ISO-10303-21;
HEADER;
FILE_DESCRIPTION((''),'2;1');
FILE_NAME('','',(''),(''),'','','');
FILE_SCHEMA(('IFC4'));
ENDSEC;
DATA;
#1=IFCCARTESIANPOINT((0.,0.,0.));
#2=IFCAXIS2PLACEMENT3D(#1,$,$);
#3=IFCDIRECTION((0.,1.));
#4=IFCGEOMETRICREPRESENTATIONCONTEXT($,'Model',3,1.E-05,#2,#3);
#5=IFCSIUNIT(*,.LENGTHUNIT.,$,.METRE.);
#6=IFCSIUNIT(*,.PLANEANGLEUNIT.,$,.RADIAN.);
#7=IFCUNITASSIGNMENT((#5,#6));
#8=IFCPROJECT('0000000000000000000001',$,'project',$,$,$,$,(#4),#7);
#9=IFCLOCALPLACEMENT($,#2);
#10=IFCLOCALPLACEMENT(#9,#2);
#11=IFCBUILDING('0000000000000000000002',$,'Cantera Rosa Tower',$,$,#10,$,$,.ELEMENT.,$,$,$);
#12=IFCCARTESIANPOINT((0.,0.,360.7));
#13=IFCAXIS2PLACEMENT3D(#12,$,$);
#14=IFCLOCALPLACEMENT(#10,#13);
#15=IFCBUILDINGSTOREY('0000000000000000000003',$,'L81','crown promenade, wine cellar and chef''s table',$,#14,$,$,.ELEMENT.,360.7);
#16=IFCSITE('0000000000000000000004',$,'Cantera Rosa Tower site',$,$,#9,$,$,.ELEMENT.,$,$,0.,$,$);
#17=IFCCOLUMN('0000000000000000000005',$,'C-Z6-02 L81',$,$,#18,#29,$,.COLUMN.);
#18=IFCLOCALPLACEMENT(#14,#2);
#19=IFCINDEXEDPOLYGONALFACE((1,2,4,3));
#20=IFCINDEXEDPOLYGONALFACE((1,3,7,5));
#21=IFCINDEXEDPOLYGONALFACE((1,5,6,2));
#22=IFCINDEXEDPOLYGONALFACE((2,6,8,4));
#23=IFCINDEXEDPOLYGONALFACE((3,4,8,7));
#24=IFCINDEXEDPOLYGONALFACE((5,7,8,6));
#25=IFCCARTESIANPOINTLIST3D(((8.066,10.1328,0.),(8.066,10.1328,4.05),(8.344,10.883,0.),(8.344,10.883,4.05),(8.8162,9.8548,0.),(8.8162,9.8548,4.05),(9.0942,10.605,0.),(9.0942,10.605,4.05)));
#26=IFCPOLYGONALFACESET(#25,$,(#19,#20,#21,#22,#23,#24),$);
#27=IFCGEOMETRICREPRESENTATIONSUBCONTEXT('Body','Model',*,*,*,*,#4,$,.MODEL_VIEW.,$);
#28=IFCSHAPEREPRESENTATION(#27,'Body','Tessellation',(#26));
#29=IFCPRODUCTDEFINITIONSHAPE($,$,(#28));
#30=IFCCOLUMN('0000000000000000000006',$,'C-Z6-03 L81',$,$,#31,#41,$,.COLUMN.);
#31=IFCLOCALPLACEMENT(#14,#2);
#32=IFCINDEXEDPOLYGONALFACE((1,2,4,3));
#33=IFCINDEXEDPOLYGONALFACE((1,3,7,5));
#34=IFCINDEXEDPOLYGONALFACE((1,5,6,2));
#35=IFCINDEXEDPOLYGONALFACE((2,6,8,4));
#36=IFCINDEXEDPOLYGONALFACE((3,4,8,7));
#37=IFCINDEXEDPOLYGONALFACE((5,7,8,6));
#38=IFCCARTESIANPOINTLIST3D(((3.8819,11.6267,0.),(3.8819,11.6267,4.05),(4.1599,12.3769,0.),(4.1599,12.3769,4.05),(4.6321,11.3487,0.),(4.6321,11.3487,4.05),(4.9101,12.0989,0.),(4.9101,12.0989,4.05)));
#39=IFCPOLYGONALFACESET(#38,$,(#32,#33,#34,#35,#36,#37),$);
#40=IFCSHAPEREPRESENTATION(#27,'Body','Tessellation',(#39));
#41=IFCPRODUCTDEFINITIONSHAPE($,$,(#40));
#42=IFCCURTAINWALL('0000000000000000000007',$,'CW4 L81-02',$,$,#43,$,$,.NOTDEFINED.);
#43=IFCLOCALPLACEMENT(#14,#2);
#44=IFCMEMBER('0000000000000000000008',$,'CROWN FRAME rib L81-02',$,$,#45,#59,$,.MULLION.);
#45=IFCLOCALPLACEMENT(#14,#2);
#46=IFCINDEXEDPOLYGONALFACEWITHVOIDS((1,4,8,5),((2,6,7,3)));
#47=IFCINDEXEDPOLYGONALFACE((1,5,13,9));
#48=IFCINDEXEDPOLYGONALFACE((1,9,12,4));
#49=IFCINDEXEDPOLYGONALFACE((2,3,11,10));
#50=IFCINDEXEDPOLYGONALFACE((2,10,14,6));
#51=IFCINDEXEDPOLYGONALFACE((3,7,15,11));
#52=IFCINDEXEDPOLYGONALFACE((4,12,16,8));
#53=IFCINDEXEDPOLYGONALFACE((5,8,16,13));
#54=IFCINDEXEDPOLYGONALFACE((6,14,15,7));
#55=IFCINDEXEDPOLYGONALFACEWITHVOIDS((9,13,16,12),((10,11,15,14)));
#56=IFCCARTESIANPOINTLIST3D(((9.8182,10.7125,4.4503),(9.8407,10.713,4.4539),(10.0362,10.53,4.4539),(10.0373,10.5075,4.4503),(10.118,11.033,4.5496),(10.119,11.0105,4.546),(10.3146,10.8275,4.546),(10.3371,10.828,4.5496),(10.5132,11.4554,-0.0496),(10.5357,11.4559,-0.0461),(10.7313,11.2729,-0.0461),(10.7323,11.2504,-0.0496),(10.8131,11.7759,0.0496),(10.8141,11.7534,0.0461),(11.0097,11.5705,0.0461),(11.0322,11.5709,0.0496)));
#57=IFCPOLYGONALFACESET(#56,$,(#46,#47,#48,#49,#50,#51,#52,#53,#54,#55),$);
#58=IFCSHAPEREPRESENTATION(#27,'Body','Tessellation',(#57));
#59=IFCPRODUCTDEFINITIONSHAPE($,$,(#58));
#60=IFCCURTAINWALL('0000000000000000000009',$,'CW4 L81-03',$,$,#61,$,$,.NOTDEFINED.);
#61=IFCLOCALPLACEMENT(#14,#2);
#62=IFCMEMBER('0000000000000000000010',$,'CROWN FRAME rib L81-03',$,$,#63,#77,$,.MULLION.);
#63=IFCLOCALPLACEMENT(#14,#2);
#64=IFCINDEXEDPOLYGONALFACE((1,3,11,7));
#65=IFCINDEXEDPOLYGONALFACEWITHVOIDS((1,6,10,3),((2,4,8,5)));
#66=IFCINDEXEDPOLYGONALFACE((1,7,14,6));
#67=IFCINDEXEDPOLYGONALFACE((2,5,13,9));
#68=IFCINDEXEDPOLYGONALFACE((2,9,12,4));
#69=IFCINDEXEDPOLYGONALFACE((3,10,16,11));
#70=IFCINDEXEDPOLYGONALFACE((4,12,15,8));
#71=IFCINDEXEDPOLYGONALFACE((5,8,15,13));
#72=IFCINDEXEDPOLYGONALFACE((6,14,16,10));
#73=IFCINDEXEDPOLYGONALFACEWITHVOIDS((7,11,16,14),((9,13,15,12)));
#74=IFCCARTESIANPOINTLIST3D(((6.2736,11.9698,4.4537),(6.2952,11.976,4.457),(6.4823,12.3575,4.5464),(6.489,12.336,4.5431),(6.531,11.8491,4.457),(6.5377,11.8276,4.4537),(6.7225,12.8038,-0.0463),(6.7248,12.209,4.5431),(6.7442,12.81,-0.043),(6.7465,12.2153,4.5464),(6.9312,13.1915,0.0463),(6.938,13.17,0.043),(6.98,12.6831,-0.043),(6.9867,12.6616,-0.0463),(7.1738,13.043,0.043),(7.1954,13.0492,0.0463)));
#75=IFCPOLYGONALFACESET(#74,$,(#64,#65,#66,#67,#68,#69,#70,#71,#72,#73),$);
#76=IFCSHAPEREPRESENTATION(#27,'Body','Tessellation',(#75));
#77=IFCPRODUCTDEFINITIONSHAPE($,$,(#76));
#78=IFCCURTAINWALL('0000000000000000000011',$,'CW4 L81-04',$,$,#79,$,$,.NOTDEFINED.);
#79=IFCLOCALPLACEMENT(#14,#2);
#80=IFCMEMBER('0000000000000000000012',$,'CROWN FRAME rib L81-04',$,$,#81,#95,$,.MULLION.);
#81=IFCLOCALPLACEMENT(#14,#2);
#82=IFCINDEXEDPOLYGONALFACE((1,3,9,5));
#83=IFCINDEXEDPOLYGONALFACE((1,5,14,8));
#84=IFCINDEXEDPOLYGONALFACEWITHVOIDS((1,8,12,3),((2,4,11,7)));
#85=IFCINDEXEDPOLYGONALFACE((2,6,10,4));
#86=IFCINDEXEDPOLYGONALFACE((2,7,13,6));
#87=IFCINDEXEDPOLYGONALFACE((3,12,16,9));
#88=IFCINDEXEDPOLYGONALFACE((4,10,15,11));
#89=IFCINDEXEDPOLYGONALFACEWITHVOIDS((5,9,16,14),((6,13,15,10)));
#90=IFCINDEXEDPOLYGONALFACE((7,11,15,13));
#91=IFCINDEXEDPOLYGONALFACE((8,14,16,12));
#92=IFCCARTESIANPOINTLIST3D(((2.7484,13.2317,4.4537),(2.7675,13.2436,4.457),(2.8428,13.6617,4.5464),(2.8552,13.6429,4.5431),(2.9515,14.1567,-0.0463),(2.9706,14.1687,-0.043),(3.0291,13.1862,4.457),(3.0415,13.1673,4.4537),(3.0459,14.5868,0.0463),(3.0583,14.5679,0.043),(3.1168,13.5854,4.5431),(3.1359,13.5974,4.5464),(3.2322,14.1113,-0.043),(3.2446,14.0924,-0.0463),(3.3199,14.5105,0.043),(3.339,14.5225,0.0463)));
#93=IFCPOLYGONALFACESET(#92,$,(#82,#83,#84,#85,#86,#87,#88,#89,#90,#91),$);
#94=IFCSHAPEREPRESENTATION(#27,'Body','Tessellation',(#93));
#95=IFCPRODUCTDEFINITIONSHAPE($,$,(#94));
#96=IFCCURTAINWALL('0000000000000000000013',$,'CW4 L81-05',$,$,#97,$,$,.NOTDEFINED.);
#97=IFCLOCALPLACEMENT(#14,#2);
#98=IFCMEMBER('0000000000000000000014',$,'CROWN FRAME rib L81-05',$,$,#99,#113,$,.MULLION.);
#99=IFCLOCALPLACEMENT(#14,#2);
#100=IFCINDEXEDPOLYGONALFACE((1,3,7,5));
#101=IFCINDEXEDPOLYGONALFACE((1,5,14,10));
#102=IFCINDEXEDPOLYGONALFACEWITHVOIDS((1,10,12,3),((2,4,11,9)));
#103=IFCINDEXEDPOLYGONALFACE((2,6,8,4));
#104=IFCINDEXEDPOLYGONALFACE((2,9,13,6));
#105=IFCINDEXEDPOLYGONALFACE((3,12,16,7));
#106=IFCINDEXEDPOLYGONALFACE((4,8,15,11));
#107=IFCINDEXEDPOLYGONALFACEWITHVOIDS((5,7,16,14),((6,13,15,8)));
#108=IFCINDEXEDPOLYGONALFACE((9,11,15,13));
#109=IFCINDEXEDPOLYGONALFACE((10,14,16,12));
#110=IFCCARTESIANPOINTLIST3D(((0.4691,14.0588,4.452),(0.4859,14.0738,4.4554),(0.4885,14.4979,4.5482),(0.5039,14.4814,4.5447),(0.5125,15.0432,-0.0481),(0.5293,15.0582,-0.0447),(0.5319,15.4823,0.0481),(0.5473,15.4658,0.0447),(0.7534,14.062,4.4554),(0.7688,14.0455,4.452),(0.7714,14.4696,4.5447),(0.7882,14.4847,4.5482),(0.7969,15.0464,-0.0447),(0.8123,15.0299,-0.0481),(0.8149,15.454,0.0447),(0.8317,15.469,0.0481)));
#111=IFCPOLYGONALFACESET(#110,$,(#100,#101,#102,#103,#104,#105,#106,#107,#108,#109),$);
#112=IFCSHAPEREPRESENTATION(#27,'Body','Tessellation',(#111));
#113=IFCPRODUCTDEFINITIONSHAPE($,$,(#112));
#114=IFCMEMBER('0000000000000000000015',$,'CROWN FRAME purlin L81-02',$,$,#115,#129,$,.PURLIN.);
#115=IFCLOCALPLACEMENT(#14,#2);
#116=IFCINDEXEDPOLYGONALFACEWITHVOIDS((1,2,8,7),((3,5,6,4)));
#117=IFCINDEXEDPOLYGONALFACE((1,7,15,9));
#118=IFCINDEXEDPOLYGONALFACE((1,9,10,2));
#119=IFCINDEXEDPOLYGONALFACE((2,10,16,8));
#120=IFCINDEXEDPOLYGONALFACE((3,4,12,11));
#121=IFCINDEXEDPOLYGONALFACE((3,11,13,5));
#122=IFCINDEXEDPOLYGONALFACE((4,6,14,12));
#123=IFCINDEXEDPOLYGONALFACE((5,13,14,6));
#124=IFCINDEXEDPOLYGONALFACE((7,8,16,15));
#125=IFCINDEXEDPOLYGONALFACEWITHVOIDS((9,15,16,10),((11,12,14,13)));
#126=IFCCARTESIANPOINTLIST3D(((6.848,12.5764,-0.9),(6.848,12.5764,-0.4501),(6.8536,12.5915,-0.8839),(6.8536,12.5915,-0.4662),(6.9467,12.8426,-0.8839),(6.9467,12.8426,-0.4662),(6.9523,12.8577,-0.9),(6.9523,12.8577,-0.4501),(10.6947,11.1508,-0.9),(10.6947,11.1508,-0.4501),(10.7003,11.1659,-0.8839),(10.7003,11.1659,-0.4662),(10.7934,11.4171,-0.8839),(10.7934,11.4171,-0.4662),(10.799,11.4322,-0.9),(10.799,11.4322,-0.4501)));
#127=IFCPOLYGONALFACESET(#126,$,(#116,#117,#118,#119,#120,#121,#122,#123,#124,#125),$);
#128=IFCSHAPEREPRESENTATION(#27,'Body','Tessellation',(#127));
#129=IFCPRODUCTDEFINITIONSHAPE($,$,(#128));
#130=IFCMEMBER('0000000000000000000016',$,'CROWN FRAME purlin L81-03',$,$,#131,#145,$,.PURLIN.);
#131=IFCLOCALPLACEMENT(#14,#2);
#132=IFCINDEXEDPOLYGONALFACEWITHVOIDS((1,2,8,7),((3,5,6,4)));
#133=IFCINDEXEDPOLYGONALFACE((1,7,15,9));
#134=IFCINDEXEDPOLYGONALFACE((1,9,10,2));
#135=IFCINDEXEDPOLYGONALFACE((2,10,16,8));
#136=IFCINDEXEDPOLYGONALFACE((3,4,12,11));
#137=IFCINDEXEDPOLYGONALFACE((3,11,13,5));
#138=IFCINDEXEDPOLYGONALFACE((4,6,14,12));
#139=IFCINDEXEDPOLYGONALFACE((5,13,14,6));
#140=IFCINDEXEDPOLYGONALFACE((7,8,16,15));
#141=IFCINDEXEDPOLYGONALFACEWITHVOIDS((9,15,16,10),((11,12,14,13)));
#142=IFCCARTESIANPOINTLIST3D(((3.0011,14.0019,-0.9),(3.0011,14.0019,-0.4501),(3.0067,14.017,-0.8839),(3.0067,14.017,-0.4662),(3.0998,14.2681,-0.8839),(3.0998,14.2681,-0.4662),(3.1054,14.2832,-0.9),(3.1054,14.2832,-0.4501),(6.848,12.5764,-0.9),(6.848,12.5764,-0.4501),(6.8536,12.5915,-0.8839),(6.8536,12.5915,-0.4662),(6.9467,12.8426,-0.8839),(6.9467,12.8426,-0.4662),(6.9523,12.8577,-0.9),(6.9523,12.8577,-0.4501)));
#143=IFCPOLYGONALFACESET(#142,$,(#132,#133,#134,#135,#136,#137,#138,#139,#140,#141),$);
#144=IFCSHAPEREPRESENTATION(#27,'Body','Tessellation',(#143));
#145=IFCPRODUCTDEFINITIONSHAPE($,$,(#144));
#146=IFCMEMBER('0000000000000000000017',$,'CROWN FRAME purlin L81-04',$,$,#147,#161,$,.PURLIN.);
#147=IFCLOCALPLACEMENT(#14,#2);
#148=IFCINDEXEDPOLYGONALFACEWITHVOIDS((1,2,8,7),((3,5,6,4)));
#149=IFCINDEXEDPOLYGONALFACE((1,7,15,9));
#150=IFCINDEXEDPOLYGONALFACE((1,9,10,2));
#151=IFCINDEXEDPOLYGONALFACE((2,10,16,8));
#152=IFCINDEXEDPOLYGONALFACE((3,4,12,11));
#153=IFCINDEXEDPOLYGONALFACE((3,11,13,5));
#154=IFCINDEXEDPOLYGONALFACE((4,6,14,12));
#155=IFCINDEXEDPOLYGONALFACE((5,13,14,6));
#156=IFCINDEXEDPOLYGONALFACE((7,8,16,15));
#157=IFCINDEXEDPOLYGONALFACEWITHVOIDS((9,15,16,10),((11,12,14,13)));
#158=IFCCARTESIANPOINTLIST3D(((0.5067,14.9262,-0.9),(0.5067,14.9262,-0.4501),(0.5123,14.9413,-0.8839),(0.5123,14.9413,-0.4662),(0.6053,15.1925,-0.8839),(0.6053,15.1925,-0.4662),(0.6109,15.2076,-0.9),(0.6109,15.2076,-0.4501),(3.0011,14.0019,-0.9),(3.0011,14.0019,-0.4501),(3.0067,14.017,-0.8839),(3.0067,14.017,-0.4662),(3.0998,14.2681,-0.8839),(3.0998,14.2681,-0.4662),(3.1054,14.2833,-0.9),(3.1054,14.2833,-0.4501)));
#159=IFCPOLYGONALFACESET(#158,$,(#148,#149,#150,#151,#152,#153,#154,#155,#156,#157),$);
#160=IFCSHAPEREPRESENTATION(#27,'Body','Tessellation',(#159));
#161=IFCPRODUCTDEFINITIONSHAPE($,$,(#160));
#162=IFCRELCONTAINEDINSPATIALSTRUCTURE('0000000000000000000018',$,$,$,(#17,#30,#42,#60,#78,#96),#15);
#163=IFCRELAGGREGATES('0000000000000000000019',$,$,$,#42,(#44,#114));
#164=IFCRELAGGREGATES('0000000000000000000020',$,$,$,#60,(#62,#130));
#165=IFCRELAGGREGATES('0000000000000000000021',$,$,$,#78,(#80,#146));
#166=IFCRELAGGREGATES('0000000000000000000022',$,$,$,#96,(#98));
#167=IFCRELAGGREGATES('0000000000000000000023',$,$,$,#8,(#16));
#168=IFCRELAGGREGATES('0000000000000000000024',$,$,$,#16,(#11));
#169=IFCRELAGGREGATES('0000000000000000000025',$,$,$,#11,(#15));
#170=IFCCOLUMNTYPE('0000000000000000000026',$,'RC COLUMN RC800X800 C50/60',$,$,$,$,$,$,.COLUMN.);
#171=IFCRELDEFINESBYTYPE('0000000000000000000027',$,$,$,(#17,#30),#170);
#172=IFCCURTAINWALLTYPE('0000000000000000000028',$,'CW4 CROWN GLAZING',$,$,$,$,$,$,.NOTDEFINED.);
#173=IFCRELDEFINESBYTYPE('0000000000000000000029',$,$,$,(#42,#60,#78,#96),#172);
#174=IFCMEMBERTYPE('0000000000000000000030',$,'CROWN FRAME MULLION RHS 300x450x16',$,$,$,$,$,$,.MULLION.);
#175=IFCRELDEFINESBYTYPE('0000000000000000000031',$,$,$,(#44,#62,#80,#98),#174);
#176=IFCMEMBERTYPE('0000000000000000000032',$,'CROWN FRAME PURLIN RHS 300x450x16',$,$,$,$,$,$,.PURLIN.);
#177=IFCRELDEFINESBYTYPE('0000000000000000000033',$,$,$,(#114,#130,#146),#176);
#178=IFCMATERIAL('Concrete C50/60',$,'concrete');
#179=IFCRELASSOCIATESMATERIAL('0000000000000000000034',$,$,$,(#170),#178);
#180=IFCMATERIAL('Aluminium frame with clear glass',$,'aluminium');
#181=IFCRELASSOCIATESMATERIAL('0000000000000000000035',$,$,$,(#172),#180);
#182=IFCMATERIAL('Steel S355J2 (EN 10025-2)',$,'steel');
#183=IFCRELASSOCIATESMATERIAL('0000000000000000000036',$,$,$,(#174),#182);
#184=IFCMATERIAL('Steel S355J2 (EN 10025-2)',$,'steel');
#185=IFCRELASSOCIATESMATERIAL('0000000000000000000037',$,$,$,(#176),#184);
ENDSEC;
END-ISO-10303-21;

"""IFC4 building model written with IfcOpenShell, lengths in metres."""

from ifc_helpers import new_model, si_unit, direction, frame, origin, origin_2d, place, context, subcontext, project, spatial, rectangle, hollow_rectangle, extrude, material, material_profile, profile_set, type_object, element, aggregate, save


model = new_model("IFC4")

# Units and contexts
model_context = context("Model", 3, precision=1e-05, world=origin(), true_north=direction((0.0, 1.0)))
body_context = subcontext(model_context, "Body", "Model", "MODEL_VIEW")
ifc_project = project(units=[si_unit("LENGTHUNIT", "METRE"), si_unit("PLANEANGLEUNIT", "RADIAN")], contexts=[model_context])

# Site, building, storey
site_placement = place(None, origin())
site = spatial("IfcSite", under=ifc_project, at=site_placement, Name="Cantera Rosa Tower site", CompositionType="ELEMENT", RefElevation=0.0)
building_placement = place(site_placement, origin())
building = spatial("IfcBuilding", under=site, at=building_placement, Name="Cantera Rosa Tower", CompositionType="ELEMENT")
storey_placement = place(building_placement, frame((0.0, 0.0, 360.7)))
storey = spatial("IfcBuildingStorey", under=building, at=storey_placement, Name="L81", Description="crown promenade, wine cellar and chef's table", CompositionType="ELEMENT", Elevation=360.7)

# Columns
ifc_material_1 = material(Name="Concrete C50/60", Category="concrete")
ifc_material_profile_1 = material_profile(ifc_material_1, rectangle(XDim=0.8, YDim=0.8, at=origin_2d()), Name="RC COLUMN RC800X800 C50/60")
ifc_profile_set_1 = profile_set([ifc_material_profile_1], Name="Concrete C50/60")
column_type = type_object("IfcColumnType", Name="RC COLUMN RC800X800 C50/60", PredefinedType="COLUMN", material=ifc_profile_set_1)
for number, where, z_axis, x_axis, name in (
    (1, (8.5801, 10.3689, 0.0), (0.0, 0.0, 1.0), (0.347481, 0.937687, 0.0), "C-Z6-02 L81"),
    (2, (4.396, 11.8628, 0.0), (0.0, 0.0, 1.0), (0.347481, 0.937687, 0.0), "C-Z6-03 L81"),
):
    element("IfcColumn", number, at=place(storey_placement, frame(where, z_axis=z_axis, x_axis=x_axis)), inside=storey, type_object=column_type, Name=name, PredefinedType="COLUMN", context=body_context, shape_type="SweptSolid", body=[
        extrude(rectangle(XDim=0.8, YDim=0.8, at=origin_2d()), origin(), (0.0, 0.0, 1.0), 4.05),
    ])

# Curtain walls, members
ifc_material_2 = material(Name="Aluminium frame with clear glass", Category="aluminium")
curtain_wall_type = type_object("IfcCurtainWallType", Name="CW4 CROWN GLAZING", PredefinedType="NOTDEFINED", material=ifc_material_2)
curtain_wall_1_placement = place(storey_placement, origin())
curtain_wall_1 = element("IfcCurtainWall", 3, at=curtain_wall_1_placement, inside=storey, type_object=curtain_wall_type, Name="CW4 L81-02", PredefinedType="NOTDEFINED")
ifc_material_3 = material(Name="Steel S355J2 (EN 10025-2)", Category="steel")
ifc_material_profile_2 = material_profile(ifc_material_3, hollow_rectangle(XDim=0.3, YDim=0.45, WallThickness=0.0161, at=origin_2d()), Name="CROWN FRAME MULLION RHS 300x450x16")
ifc_profile_set_2 = profile_set([ifc_material_profile_2], Name="Steel S355J2 (EN 10025-2)")
member_type_1 = type_object("IfcMemberType", Name="CROWN FRAME MULLION RHS 300x450x16", PredefinedType="MULLION", material=ifc_profile_set_2)
member_1_placement = place(storey_placement, frame((10.7727, 11.5132, 0.0), z_axis=(-0.150657, -0.161029, 0.975383), x_axis=(0.730233, -0.683198, 0.0)))
member_1 = element("IfcMember", 4, at=member_1_placement, type_object=member_type_1, Name="CROWN FRAME rib L81-02", PredefinedType="MULLION", context=body_context, shape_type="SweptSolid", body=[
    extrude(hollow_rectangle(XDim=0.3, YDim=0.45, WallThickness=0.0161, at=origin_2d()), origin(), (0.0, 0.0, 1.0), 4.6135),
])
curtain_wall_2_placement = place(storey_placement, origin())
curtain_wall_2 = element("IfcCurtainWall", 5, at=curtain_wall_2_placement, inside=storey, type_object=curtain_wall_type, Name="CW4 L81-03", PredefinedType="NOTDEFINED")
member_2_placement = place(storey_placement, frame((6.959, 12.9265, 0.0), z_axis=(-0.097633, -0.181356, 0.978559), x_axis=(0.880512, -0.474023, 0.0)))
member_2 = element("IfcMember", 6, at=member_2_placement, type_object=member_type_1, Name="CROWN FRAME rib L81-03", PredefinedType="MULLION", context=body_context, shape_type="SweptSolid", body=[
    extrude(hollow_rectangle(XDim=0.3, YDim=0.45, WallThickness=0.0161, at=origin_2d()), origin(), (0.0, 0.0, 1.0), 4.5986),
])
curtain_wall_3_placement = place(storey_placement, origin())
curtain_wall_3 = element("IfcCurtainWall", 7, at=curtain_wall_3_placement, inside=storey, type_object=curtain_wall_type, Name="CW4 L81-04", PredefinedType="NOTDEFINED")
member_3_placement = place(storey_placement, frame((3.1453, 14.3396, 0.0), z_axis=(-0.044171, -0.201159, 0.978562), x_axis=(0.97673, -0.214473, 0.0)))
member_3 = element("IfcMember", 8, at=member_3_placement, type_object=member_type_1, Name="CROWN FRAME rib L81-04", PredefinedType="MULLION", context=body_context, shape_type="SweptSolid", body=[
    extrude(hollow_rectangle(XDim=0.3, YDim=0.45, WallThickness=0.0161, at=origin_2d()), origin(), (0.0, 0.0, 1.0), 4.5986),
])
curtain_wall_4_placement = place(storey_placement, origin())
curtain_wall_4 = element("IfcCurtainWall", 9, at=curtain_wall_4_placement, inside=storey, type_object=curtain_wall_type, Name="CW4 L81-05", PredefinedType="NOTDEFINED")
member_4_placement = place(storey_placement, frame((0.6721, 15.2561, 0.0), z_axis=(-0.009434, -0.213687, 0.976857), x_axis=(0.999027, -0.044104, 0.0)))
member_4 = element("IfcMember", 10, at=member_4_placement, type_object=member_type_1, Name="CROWN FRAME rib L81-05", PredefinedType="MULLION", context=body_context, shape_type="SweptSolid", body=[
    extrude(hollow_rectangle(XDim=0.3, YDim=0.45, WallThickness=0.0161, at=origin_2d()), origin(), (0.0, 0.0, 1.0), 4.6067),
])

# Members
ifc_material_4 = material(Name="Steel S355J2 (EN 10025-2)", Category="steel")
ifc_material_profile_3 = material_profile(ifc_material_4, hollow_rectangle(XDim=0.3, YDim=0.45, WallThickness=0.0161, at=origin_2d()), Name="CROWN FRAME PURLIN RHS 300x450x16")
ifc_profile_set_3 = profile_set([ifc_material_profile_3], Name="Steel S355J2 (EN 10025-2)")
member_type_2 = type_object("IfcMemberType", Name="CROWN FRAME PURLIN RHS 300x450x16", PredefinedType="PURLIN", material=ifc_profile_set_3)
member_5_placement = place(storey_placement, frame((10.7468, 11.2915, -0.675), z_axis=(-0.937682, 0.347495, 0.0), x_axis=(-0.347495, -0.937682, 0.0)))
member_5 = element("IfcMember", 11, at=member_5_placement, type_object=member_type_2, Name="CROWN FRAME purlin L81-02", PredefinedType="PURLIN", context=body_context, shape_type="SweptSolid", body=[
    extrude(hollow_rectangle(XDim=0.3, YDim=0.45, WallThickness=0.0161, at=origin_2d()), origin(), (0.0, 0.0, 1.0), 4.1023),
])
member_6_placement = place(storey_placement, frame((6.9001, 12.717, -0.675), z_axis=(-0.937689, 0.347475, 0.0), x_axis=(-0.347475, -0.937689, 0.0)))
member_6 = element("IfcMember", 12, at=member_6_placement, type_object=member_type_2, Name="CROWN FRAME purlin L81-03", PredefinedType="PURLIN", context=body_context, shape_type="SweptSolid", body=[
    extrude(hollow_rectangle(XDim=0.3, YDim=0.45, WallThickness=0.0161, at=origin_2d()), origin(), (0.0, 0.0, 1.0), 4.1025),
])
member_7_placement = place(storey_placement, frame((3.0532, 14.1426, -0.675), z_axis=(-0.937691, 0.34747, 0.0), x_axis=(-0.34747, -0.937691, 0.0)))
member_7 = element("IfcMember", 13, at=member_7_placement, type_object=member_type_2, Name="CROWN FRAME purlin L81-04", PredefinedType="PURLIN", context=body_context, shape_type="SweptSolid", body=[
    extrude(hollow_rectangle(XDim=0.3, YDim=0.45, WallThickness=0.0161, at=origin_2d()), origin(), (0.0, 0.0, 1.0), 2.6602),
])

aggregate(curtain_wall_1, [member_1, member_5])
aggregate(curtain_wall_2, [member_2, member_6])
aggregate(curtain_wall_3, [member_3, member_7])
aggregate(curtain_wall_4, [member_4])

save(model, "model.ifc")
